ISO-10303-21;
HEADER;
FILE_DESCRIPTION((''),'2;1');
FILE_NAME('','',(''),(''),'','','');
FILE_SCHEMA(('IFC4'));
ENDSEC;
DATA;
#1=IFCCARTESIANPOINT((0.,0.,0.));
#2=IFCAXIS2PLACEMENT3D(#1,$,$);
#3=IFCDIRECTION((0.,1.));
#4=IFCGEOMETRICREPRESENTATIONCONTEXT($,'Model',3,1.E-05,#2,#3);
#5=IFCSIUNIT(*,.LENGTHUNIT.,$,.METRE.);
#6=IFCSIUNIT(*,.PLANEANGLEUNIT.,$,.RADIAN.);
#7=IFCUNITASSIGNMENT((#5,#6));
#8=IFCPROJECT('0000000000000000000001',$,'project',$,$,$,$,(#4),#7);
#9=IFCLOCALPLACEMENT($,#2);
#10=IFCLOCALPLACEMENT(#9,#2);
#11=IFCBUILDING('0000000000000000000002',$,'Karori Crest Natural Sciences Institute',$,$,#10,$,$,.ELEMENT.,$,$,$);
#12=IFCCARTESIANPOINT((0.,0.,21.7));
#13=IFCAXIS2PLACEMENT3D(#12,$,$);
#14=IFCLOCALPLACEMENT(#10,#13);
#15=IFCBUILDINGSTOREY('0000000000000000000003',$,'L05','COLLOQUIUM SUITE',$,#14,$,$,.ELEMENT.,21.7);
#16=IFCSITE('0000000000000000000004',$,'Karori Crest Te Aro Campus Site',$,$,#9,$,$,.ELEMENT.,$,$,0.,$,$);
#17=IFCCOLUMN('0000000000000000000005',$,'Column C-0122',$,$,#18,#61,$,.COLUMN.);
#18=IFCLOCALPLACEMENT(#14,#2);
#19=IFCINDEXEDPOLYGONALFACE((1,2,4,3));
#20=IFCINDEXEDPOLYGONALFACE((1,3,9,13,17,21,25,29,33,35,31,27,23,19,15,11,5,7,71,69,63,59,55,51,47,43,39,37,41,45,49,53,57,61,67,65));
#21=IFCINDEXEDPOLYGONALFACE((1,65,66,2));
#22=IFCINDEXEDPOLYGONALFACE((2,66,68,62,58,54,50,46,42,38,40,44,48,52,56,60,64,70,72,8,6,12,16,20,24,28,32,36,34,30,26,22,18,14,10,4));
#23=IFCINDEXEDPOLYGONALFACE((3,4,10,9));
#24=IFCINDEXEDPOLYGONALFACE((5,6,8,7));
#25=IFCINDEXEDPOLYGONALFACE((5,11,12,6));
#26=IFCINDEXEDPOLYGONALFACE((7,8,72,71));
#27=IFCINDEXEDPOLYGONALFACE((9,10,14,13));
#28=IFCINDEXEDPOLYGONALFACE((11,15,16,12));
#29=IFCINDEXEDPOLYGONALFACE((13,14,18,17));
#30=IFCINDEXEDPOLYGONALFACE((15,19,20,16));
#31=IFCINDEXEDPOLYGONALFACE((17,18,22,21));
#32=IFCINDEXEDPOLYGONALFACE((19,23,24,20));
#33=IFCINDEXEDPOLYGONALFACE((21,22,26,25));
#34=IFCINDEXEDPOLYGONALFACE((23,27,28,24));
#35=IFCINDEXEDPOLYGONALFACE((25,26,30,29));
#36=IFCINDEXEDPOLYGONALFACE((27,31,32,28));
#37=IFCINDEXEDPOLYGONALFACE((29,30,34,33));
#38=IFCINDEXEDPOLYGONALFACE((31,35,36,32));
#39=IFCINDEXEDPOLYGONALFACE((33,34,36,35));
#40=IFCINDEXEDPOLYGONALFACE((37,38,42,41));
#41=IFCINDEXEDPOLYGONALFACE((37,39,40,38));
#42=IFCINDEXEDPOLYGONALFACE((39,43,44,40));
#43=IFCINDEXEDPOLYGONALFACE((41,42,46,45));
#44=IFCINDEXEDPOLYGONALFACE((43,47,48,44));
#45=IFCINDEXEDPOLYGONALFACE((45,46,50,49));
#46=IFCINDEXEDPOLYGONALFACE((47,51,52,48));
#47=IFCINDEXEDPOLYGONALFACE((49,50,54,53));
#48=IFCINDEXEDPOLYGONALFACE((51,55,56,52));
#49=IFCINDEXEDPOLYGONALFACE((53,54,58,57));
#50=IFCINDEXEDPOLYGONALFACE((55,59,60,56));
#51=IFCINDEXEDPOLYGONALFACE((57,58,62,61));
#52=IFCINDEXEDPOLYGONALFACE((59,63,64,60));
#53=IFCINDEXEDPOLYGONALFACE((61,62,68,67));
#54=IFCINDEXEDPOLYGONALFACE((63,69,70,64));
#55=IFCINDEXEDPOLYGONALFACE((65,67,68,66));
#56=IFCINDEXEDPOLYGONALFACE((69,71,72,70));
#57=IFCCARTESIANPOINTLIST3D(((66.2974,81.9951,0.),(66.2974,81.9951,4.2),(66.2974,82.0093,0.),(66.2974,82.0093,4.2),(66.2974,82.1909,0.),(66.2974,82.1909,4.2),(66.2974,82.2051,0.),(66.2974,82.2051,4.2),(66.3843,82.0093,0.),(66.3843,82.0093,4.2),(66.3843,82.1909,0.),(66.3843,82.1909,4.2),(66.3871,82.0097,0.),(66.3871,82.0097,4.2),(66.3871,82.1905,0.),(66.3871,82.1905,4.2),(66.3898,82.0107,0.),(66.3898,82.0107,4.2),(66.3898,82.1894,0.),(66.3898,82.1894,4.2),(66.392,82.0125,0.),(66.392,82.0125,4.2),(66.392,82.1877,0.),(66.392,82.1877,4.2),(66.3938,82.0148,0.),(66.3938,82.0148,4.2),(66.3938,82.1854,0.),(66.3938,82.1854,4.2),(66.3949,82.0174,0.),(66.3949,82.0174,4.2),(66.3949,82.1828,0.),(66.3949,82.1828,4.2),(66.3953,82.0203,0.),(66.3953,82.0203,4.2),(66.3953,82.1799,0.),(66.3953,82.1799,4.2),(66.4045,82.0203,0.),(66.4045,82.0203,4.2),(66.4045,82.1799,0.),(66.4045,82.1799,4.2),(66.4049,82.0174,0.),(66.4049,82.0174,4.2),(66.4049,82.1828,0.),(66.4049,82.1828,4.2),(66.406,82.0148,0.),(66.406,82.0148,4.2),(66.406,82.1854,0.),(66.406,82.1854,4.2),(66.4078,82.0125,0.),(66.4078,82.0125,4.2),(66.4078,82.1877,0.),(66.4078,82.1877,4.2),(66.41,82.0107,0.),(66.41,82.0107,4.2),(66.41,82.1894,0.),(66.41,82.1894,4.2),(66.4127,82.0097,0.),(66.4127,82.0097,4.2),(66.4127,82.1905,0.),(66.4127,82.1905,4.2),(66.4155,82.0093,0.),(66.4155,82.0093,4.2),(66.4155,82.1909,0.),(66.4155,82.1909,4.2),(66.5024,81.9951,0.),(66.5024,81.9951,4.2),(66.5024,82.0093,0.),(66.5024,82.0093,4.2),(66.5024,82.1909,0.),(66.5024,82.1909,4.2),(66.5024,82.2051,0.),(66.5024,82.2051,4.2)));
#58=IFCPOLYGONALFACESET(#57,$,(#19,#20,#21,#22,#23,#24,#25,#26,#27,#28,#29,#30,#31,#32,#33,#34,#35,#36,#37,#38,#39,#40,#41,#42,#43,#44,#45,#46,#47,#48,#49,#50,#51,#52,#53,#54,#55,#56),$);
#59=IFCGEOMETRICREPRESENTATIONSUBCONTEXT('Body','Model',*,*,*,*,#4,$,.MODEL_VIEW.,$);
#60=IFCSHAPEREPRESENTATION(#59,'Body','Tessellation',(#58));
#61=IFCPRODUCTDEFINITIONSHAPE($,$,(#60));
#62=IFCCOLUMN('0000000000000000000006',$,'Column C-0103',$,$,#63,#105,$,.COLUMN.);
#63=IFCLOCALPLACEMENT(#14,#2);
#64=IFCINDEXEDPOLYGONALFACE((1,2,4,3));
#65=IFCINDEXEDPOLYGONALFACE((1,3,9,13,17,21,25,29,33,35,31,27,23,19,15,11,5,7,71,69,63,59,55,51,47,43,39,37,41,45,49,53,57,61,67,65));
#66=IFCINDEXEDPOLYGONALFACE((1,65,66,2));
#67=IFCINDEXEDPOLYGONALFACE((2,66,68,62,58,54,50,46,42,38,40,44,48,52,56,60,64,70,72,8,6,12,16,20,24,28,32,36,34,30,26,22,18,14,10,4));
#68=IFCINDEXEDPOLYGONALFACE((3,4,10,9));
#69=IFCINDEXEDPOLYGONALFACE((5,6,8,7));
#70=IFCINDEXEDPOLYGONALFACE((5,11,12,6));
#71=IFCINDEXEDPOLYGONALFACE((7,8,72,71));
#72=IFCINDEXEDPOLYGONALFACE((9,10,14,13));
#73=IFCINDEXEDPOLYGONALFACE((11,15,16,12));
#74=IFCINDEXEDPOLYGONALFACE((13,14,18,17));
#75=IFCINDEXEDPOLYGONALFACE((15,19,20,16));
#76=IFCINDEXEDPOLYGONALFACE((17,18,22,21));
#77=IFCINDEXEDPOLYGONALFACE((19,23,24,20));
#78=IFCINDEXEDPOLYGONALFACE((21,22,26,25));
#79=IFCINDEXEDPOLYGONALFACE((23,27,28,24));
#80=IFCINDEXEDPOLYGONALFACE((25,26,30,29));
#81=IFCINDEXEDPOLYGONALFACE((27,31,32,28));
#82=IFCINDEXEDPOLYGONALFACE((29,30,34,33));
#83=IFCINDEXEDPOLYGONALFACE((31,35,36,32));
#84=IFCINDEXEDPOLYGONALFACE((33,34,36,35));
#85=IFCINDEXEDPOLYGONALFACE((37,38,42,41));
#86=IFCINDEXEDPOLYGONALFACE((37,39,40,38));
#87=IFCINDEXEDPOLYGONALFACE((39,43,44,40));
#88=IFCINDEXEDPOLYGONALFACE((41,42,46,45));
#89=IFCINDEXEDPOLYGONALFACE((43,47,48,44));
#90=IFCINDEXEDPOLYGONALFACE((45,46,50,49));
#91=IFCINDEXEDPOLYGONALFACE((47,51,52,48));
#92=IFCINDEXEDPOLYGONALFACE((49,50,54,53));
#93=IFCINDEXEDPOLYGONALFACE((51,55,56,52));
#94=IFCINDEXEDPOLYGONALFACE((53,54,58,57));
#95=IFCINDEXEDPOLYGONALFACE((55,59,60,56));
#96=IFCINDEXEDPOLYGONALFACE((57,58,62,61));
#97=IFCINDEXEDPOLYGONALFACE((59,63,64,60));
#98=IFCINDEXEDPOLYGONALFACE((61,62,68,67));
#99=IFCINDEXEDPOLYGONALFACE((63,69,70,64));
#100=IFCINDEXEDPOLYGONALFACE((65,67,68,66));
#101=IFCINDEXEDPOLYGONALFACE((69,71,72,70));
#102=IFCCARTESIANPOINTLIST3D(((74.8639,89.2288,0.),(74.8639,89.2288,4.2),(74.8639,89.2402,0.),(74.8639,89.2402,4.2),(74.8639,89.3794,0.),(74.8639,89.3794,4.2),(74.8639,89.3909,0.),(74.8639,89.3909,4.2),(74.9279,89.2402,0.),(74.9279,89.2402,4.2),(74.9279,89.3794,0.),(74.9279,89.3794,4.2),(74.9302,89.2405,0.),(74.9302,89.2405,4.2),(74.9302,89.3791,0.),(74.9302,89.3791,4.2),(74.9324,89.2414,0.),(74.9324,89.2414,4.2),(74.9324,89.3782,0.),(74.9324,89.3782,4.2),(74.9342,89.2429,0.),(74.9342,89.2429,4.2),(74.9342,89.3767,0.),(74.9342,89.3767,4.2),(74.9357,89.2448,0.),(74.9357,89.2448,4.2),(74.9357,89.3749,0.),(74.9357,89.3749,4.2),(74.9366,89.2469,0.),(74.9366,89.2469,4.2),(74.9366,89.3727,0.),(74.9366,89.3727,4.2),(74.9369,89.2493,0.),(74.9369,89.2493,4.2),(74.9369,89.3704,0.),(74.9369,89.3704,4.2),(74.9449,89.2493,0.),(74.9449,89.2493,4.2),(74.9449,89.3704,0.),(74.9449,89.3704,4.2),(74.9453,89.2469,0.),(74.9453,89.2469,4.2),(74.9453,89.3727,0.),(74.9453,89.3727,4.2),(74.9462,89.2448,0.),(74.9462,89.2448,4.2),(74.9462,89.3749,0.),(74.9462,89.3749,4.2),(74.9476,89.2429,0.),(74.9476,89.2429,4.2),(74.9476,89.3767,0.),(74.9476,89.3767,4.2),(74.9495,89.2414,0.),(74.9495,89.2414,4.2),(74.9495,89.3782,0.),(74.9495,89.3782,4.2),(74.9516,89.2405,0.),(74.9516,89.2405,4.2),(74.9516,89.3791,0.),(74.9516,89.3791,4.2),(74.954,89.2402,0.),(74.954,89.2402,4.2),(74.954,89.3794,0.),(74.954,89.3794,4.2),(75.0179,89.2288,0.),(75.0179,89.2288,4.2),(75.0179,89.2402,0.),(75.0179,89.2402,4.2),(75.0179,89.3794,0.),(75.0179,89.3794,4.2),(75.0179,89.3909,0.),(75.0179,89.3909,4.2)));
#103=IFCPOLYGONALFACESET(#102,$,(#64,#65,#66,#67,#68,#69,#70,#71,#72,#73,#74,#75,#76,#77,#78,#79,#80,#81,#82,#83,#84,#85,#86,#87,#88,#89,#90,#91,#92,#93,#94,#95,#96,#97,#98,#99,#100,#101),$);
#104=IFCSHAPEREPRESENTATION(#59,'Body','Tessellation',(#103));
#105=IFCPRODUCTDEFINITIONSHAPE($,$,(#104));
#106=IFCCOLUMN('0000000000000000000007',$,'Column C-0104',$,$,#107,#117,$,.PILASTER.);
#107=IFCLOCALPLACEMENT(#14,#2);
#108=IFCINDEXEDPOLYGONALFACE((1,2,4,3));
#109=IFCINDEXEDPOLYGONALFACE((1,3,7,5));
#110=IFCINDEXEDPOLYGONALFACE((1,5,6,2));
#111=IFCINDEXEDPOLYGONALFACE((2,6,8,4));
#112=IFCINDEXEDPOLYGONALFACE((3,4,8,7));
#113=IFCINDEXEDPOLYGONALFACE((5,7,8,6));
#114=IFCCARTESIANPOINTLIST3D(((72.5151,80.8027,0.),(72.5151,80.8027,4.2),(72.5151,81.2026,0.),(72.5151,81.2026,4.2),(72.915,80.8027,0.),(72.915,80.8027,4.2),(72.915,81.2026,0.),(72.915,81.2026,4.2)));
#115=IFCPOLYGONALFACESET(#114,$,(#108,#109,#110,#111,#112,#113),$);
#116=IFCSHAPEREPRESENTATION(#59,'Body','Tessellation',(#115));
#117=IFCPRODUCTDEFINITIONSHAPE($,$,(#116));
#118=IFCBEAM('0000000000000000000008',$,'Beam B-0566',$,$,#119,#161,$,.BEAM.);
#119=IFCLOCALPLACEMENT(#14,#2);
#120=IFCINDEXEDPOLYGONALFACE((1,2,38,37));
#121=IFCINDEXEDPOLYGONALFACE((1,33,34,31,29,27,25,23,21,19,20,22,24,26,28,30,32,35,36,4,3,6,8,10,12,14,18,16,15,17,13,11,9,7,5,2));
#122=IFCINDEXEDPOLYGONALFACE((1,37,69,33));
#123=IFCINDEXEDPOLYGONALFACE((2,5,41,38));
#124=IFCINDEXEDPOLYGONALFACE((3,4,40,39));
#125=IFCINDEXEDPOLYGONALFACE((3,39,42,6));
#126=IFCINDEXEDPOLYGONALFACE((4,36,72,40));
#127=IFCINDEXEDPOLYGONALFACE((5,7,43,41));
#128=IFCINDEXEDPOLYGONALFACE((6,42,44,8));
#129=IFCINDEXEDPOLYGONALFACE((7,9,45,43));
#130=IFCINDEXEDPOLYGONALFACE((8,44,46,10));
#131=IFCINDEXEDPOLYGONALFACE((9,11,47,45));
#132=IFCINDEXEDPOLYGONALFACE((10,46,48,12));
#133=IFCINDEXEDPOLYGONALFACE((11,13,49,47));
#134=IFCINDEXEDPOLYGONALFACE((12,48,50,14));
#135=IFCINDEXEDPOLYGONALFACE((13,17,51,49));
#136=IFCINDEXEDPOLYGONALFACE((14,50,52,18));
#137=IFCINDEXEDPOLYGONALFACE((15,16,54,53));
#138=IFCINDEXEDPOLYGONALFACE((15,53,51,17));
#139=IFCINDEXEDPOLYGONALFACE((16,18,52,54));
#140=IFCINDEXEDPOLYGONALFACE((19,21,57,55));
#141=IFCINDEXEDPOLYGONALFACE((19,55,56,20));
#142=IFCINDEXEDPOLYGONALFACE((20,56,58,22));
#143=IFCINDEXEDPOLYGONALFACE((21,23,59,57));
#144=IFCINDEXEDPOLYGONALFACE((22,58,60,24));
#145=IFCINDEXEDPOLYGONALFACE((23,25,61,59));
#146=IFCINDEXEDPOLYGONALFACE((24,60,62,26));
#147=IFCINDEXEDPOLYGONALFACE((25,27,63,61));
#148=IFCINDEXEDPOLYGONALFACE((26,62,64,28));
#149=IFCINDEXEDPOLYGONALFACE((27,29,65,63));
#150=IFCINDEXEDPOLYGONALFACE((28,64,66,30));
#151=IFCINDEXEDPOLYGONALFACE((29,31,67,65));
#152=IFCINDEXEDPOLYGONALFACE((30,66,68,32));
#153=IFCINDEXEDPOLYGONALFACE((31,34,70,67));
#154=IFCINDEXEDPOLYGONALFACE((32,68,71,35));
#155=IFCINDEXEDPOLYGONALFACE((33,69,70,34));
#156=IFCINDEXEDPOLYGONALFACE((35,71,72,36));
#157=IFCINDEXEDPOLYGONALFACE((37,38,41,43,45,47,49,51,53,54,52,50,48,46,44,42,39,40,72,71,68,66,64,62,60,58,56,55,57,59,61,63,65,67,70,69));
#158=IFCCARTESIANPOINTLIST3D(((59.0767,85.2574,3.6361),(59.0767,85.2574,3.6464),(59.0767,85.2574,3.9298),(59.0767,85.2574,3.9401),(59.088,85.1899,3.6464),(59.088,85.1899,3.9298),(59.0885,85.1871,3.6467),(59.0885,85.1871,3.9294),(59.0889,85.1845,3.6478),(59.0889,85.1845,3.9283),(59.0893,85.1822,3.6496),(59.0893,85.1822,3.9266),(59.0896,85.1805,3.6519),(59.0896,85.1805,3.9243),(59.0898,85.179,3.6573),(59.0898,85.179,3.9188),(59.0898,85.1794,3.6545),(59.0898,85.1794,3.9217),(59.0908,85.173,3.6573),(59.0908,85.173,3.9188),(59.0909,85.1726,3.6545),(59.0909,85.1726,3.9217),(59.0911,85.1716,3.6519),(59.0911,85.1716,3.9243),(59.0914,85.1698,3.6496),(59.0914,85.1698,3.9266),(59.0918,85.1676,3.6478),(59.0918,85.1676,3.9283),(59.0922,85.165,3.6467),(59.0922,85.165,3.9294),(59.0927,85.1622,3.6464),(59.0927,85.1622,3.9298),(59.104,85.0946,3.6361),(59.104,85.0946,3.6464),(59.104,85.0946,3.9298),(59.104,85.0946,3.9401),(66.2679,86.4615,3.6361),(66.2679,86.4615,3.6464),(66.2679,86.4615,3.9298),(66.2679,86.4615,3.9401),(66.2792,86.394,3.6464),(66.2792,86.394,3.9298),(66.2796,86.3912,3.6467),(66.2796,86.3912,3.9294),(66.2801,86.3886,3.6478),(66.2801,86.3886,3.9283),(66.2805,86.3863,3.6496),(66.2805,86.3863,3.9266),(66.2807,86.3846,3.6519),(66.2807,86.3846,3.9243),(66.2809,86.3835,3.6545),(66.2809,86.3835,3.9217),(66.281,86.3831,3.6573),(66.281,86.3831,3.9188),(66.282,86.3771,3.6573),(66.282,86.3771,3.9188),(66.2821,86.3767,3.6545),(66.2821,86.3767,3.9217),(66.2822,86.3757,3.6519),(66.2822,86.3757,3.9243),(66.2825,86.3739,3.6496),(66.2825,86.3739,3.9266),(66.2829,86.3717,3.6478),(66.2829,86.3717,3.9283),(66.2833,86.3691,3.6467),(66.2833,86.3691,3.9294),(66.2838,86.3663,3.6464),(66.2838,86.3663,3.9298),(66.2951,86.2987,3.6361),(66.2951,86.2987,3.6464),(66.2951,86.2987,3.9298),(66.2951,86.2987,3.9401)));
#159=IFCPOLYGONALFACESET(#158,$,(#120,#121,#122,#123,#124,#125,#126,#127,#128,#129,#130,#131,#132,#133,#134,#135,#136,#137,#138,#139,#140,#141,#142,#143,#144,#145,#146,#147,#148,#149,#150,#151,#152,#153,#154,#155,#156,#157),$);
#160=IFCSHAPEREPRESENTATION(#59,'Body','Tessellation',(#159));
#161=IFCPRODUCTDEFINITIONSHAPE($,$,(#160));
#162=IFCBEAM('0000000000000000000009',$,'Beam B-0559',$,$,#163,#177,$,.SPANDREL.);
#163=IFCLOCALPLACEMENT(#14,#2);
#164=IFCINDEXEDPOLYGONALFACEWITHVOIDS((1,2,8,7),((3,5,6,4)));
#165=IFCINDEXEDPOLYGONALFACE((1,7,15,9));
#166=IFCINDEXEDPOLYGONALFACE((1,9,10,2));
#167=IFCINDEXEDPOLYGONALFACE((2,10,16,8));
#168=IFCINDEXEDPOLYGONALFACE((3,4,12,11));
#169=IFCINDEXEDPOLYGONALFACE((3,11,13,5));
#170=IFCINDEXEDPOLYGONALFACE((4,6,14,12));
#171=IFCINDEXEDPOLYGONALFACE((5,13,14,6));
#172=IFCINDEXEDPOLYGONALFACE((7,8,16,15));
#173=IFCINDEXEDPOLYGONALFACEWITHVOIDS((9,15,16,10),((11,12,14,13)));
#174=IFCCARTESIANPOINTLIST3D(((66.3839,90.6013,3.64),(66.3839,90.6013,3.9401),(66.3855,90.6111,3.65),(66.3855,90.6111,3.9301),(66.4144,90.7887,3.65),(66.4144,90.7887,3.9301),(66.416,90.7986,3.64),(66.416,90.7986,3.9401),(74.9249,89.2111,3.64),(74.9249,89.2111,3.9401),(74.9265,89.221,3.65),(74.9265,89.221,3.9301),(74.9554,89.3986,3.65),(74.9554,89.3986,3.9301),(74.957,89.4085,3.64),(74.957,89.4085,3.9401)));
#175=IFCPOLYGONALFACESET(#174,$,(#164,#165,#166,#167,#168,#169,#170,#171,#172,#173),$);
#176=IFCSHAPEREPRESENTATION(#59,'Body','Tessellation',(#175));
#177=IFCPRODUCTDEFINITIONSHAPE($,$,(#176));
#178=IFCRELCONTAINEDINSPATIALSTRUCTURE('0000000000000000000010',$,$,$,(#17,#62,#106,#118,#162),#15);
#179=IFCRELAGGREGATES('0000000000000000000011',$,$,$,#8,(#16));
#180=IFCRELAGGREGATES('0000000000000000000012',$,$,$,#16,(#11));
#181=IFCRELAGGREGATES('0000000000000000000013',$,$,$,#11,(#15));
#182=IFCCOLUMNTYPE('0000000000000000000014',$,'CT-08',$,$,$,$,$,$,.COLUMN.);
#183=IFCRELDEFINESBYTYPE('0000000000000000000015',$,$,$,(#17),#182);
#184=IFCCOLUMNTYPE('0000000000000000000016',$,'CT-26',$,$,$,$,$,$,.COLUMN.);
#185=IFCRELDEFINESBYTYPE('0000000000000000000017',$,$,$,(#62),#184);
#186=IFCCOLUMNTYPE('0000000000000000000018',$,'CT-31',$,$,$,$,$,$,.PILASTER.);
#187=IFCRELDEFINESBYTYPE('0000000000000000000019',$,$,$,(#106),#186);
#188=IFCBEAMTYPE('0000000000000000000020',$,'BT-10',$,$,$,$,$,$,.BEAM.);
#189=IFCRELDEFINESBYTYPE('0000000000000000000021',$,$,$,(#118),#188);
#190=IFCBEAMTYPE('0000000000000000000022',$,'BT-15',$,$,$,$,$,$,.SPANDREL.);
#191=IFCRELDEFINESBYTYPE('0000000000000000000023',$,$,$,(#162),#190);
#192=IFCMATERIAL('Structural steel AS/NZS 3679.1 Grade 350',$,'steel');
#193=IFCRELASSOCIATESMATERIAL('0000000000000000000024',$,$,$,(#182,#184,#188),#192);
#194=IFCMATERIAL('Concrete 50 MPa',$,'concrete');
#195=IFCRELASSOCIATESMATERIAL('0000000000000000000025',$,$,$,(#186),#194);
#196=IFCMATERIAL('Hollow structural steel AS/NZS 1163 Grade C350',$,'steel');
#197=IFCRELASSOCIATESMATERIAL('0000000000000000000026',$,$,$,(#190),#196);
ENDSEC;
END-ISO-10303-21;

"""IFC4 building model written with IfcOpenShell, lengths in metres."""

from ifc_helpers import new_model, si_unit, direction, frame, origin, origin_2d, place, context, subcontext, project, spatial, rectangle, hollow_rectangle, i_section, extrude, material, material_profile, profile_set, type_object, element, save


model = new_model("IFC4")

# Units and contexts
model_context = context("Model", 3, precision=1e-05, world=origin(), true_north=direction((0.0, 1.0)))
body_context = subcontext(model_context, "Body", "Model", "MODEL_VIEW")
ifc_project = project(units=[si_unit("LENGTHUNIT", "METRE"), si_unit("PLANEANGLEUNIT", "RADIAN")], contexts=[model_context])

# Site, building, storey
site_placement = place(None, origin())
site = spatial("IfcSite", under=ifc_project, at=site_placement, Name="Karori Crest Te Aro Campus Site", CompositionType="ELEMENT", RefElevation=0.0)
building_placement = place(site_placement, origin())
building = spatial("IfcBuilding", under=site, at=building_placement, Name="Karori Crest Natural Sciences Institute", CompositionType="ELEMENT")
storey_placement = place(building_placement, frame((0.0, 0.0, 21.7)))
storey = spatial("IfcBuildingStorey", under=building, at=storey_placement, Name="L05", Description="COLLOQUIUM SUITE", CompositionType="ELEMENT", Elevation=21.7)

# Columns
ifc_material_1 = material(Name="Structural steel AS/NZS 3679.1 Grade 350", Category="steel")
ifc_material_profile_1 = material_profile(ifc_material_1, i_section(OverallWidth=0.2051, OverallDepth=0.21, WebThickness=0.0093, FlangeThickness=0.0142, FilletRadius=0.011, at=origin_2d()), Name="200UC59.5")
ifc_profile_set_1 = profile_set([ifc_material_profile_1], Name="Structural steel AS/NZS 3679.1 Grade 350")
column_type_1 = type_object("IfcColumnType", Name="CT-08", PredefinedType="COLUMN", material=ifc_profile_set_1)
column_1_placement = place(storey_placement, frame((66.3999, 82.1001, 0.0), z_axis=(0.0, 0.0, 1.0), x_axis=(1.0, 0.0, 0.0)))
element("IfcColumn", 1, at=column_1_placement, inside=storey, type_object=column_type_1, Name="Column C-0122", PredefinedType="COLUMN", context=body_context, shape_type="SweptSolid", body=[
    extrude(i_section(OverallWidth=0.2051, OverallDepth=0.21, WebThickness=0.0093, FlangeThickness=0.0142, FilletRadius=0.011, at=origin_2d()), origin(), (0.0, 0.0, 1.0), 4.2),
])
ifc_material_profile_2 = material_profile(ifc_material_1, i_section(OverallWidth=0.1541, OverallDepth=0.1621, WebThickness=0.0081, FlangeThickness=0.0115, FilletRadius=0.009, at=origin_2d()), Name="150UC37.2")
ifc_profile_set_2 = profile_set([ifc_material_profile_2], Name="Structural steel AS/NZS 3679.1 Grade 350")
column_type_2 = type_object("IfcColumnType", Name="CT-26", PredefinedType="COLUMN", material=ifc_profile_set_2)
column_2_placement = place(storey_placement, frame((74.9409, 89.3098, 0.0), z_axis=(0.0, 0.0, 1.0), x_axis=(1.0, 0.0, 0.0)))
element("IfcColumn", 2, at=column_2_placement, inside=storey, type_object=column_type_2, Name="Column C-0103", PredefinedType="COLUMN", context=body_context, shape_type="SweptSolid", body=[
    extrude(i_section(OverallWidth=0.1541, OverallDepth=0.1621, WebThickness=0.0081, FlangeThickness=0.0115, FilletRadius=0.009, at=origin_2d()), origin(), (0.0, 0.0, 1.0), 4.2),
])
ifc_material_2 = material(Name="Concrete 50 MPa", Category="concrete")
ifc_material_profile_3 = material_profile(ifc_material_2, rectangle(XDim=0.3999, YDim=0.3999, at=origin_2d()), Name="RC400x400")
ifc_profile_set_3 = profile_set([ifc_material_profile_3], Name="Concrete 50 MPa")
column_type_3 = type_object("IfcColumnType", Name="CT-31", PredefinedType="PILASTER", material=ifc_profile_set_3)
column_3_placement = place(storey_placement, frame((72.7151, 81.0027, 0.0), z_axis=(0.0, 0.0, 1.0), x_axis=(1.0, 0.0, 0.0)))
element("IfcColumn", 3, at=column_3_placement, inside=storey, type_object=column_type_3, Name="Column C-0104", PredefinedType="PILASTER", context=body_context, shape_type="SweptSolid", body=[
    extrude(rectangle(XDim=0.3999, YDim=0.3999, at=origin_2d()), origin(), (0.0, 0.0, 1.0), 4.2),
])

# Beams
ifc_material_profile_4 = material_profile(ifc_material_1, i_section(OverallWidth=0.165, OverallDepth=0.304, WebThickness=0.0061, FlangeThickness=0.0103, FilletRadius=0.011, at=origin_2d()), Name="310UB40.4")
ifc_profile_set_4 = profile_set([ifc_material_profile_4], Name="Structural steel AS/NZS 3679.1 Grade 350")
beam_type_1 = type_object("IfcBeamType", Name="BT-10", PredefinedType="BEAM", material=ifc_profile_set_4)
beam_1_placement = place(storey_placement, frame((66.2815, 86.3801, 3.7881), z_axis=(-0.98627, -0.165143, 0.0), x_axis=(0.165143, -0.98627, 0.0)))
element("IfcBeam", 4, at=beam_1_placement, inside=storey, type_object=beam_type_1, Name="Beam B-0566", PredefinedType="BEAM", context=body_context, shape_type="SweptSolid", body=[
    extrude(i_section(OverallWidth=0.165, OverallDepth=0.304, WebThickness=0.0061, FlangeThickness=0.0103, FilletRadius=0.011, at=origin_2d()), origin(), (0.0, 0.0, 1.0), 7.2913),
])
ifc_material_3 = material(Name="Hollow structural steel AS/NZS 1163 Grade C350", Category="steel")
ifc_material_profile_5 = material_profile(ifc_material_3, hollow_rectangle(XDim=0.2, YDim=0.3, WallThickness=0.01, at=origin_2d()), Name="RHS300x200x10")
ifc_profile_set_5 = profile_set([ifc_material_profile_5], Name="Hollow structural steel AS/NZS 1163 Grade C350")
beam_type_2 = type_object("IfcBeamType", Name="BT-15", PredefinedType="SPANDREL", material=ifc_profile_set_5)
beam_2_placement = place(storey_placement, frame((74.9409, 89.3098, 3.79), z_axis=(-0.987012, 0.160646, 0.0), x_axis=(-0.160646, -0.987012, 0.0)))
element("IfcBeam", 5, at=beam_2_placement, inside=storey, type_object=beam_type_2, Name="Beam B-0559", PredefinedType="SPANDREL", context=body_context, shape_type="SweptSolid", body=[
    extrude(hollow_rectangle(XDim=0.2, YDim=0.3, WallThickness=0.01, at=origin_2d()), origin(), (0.0, 0.0, 1.0), 8.6533),
])

save(model, "model.ifc")
